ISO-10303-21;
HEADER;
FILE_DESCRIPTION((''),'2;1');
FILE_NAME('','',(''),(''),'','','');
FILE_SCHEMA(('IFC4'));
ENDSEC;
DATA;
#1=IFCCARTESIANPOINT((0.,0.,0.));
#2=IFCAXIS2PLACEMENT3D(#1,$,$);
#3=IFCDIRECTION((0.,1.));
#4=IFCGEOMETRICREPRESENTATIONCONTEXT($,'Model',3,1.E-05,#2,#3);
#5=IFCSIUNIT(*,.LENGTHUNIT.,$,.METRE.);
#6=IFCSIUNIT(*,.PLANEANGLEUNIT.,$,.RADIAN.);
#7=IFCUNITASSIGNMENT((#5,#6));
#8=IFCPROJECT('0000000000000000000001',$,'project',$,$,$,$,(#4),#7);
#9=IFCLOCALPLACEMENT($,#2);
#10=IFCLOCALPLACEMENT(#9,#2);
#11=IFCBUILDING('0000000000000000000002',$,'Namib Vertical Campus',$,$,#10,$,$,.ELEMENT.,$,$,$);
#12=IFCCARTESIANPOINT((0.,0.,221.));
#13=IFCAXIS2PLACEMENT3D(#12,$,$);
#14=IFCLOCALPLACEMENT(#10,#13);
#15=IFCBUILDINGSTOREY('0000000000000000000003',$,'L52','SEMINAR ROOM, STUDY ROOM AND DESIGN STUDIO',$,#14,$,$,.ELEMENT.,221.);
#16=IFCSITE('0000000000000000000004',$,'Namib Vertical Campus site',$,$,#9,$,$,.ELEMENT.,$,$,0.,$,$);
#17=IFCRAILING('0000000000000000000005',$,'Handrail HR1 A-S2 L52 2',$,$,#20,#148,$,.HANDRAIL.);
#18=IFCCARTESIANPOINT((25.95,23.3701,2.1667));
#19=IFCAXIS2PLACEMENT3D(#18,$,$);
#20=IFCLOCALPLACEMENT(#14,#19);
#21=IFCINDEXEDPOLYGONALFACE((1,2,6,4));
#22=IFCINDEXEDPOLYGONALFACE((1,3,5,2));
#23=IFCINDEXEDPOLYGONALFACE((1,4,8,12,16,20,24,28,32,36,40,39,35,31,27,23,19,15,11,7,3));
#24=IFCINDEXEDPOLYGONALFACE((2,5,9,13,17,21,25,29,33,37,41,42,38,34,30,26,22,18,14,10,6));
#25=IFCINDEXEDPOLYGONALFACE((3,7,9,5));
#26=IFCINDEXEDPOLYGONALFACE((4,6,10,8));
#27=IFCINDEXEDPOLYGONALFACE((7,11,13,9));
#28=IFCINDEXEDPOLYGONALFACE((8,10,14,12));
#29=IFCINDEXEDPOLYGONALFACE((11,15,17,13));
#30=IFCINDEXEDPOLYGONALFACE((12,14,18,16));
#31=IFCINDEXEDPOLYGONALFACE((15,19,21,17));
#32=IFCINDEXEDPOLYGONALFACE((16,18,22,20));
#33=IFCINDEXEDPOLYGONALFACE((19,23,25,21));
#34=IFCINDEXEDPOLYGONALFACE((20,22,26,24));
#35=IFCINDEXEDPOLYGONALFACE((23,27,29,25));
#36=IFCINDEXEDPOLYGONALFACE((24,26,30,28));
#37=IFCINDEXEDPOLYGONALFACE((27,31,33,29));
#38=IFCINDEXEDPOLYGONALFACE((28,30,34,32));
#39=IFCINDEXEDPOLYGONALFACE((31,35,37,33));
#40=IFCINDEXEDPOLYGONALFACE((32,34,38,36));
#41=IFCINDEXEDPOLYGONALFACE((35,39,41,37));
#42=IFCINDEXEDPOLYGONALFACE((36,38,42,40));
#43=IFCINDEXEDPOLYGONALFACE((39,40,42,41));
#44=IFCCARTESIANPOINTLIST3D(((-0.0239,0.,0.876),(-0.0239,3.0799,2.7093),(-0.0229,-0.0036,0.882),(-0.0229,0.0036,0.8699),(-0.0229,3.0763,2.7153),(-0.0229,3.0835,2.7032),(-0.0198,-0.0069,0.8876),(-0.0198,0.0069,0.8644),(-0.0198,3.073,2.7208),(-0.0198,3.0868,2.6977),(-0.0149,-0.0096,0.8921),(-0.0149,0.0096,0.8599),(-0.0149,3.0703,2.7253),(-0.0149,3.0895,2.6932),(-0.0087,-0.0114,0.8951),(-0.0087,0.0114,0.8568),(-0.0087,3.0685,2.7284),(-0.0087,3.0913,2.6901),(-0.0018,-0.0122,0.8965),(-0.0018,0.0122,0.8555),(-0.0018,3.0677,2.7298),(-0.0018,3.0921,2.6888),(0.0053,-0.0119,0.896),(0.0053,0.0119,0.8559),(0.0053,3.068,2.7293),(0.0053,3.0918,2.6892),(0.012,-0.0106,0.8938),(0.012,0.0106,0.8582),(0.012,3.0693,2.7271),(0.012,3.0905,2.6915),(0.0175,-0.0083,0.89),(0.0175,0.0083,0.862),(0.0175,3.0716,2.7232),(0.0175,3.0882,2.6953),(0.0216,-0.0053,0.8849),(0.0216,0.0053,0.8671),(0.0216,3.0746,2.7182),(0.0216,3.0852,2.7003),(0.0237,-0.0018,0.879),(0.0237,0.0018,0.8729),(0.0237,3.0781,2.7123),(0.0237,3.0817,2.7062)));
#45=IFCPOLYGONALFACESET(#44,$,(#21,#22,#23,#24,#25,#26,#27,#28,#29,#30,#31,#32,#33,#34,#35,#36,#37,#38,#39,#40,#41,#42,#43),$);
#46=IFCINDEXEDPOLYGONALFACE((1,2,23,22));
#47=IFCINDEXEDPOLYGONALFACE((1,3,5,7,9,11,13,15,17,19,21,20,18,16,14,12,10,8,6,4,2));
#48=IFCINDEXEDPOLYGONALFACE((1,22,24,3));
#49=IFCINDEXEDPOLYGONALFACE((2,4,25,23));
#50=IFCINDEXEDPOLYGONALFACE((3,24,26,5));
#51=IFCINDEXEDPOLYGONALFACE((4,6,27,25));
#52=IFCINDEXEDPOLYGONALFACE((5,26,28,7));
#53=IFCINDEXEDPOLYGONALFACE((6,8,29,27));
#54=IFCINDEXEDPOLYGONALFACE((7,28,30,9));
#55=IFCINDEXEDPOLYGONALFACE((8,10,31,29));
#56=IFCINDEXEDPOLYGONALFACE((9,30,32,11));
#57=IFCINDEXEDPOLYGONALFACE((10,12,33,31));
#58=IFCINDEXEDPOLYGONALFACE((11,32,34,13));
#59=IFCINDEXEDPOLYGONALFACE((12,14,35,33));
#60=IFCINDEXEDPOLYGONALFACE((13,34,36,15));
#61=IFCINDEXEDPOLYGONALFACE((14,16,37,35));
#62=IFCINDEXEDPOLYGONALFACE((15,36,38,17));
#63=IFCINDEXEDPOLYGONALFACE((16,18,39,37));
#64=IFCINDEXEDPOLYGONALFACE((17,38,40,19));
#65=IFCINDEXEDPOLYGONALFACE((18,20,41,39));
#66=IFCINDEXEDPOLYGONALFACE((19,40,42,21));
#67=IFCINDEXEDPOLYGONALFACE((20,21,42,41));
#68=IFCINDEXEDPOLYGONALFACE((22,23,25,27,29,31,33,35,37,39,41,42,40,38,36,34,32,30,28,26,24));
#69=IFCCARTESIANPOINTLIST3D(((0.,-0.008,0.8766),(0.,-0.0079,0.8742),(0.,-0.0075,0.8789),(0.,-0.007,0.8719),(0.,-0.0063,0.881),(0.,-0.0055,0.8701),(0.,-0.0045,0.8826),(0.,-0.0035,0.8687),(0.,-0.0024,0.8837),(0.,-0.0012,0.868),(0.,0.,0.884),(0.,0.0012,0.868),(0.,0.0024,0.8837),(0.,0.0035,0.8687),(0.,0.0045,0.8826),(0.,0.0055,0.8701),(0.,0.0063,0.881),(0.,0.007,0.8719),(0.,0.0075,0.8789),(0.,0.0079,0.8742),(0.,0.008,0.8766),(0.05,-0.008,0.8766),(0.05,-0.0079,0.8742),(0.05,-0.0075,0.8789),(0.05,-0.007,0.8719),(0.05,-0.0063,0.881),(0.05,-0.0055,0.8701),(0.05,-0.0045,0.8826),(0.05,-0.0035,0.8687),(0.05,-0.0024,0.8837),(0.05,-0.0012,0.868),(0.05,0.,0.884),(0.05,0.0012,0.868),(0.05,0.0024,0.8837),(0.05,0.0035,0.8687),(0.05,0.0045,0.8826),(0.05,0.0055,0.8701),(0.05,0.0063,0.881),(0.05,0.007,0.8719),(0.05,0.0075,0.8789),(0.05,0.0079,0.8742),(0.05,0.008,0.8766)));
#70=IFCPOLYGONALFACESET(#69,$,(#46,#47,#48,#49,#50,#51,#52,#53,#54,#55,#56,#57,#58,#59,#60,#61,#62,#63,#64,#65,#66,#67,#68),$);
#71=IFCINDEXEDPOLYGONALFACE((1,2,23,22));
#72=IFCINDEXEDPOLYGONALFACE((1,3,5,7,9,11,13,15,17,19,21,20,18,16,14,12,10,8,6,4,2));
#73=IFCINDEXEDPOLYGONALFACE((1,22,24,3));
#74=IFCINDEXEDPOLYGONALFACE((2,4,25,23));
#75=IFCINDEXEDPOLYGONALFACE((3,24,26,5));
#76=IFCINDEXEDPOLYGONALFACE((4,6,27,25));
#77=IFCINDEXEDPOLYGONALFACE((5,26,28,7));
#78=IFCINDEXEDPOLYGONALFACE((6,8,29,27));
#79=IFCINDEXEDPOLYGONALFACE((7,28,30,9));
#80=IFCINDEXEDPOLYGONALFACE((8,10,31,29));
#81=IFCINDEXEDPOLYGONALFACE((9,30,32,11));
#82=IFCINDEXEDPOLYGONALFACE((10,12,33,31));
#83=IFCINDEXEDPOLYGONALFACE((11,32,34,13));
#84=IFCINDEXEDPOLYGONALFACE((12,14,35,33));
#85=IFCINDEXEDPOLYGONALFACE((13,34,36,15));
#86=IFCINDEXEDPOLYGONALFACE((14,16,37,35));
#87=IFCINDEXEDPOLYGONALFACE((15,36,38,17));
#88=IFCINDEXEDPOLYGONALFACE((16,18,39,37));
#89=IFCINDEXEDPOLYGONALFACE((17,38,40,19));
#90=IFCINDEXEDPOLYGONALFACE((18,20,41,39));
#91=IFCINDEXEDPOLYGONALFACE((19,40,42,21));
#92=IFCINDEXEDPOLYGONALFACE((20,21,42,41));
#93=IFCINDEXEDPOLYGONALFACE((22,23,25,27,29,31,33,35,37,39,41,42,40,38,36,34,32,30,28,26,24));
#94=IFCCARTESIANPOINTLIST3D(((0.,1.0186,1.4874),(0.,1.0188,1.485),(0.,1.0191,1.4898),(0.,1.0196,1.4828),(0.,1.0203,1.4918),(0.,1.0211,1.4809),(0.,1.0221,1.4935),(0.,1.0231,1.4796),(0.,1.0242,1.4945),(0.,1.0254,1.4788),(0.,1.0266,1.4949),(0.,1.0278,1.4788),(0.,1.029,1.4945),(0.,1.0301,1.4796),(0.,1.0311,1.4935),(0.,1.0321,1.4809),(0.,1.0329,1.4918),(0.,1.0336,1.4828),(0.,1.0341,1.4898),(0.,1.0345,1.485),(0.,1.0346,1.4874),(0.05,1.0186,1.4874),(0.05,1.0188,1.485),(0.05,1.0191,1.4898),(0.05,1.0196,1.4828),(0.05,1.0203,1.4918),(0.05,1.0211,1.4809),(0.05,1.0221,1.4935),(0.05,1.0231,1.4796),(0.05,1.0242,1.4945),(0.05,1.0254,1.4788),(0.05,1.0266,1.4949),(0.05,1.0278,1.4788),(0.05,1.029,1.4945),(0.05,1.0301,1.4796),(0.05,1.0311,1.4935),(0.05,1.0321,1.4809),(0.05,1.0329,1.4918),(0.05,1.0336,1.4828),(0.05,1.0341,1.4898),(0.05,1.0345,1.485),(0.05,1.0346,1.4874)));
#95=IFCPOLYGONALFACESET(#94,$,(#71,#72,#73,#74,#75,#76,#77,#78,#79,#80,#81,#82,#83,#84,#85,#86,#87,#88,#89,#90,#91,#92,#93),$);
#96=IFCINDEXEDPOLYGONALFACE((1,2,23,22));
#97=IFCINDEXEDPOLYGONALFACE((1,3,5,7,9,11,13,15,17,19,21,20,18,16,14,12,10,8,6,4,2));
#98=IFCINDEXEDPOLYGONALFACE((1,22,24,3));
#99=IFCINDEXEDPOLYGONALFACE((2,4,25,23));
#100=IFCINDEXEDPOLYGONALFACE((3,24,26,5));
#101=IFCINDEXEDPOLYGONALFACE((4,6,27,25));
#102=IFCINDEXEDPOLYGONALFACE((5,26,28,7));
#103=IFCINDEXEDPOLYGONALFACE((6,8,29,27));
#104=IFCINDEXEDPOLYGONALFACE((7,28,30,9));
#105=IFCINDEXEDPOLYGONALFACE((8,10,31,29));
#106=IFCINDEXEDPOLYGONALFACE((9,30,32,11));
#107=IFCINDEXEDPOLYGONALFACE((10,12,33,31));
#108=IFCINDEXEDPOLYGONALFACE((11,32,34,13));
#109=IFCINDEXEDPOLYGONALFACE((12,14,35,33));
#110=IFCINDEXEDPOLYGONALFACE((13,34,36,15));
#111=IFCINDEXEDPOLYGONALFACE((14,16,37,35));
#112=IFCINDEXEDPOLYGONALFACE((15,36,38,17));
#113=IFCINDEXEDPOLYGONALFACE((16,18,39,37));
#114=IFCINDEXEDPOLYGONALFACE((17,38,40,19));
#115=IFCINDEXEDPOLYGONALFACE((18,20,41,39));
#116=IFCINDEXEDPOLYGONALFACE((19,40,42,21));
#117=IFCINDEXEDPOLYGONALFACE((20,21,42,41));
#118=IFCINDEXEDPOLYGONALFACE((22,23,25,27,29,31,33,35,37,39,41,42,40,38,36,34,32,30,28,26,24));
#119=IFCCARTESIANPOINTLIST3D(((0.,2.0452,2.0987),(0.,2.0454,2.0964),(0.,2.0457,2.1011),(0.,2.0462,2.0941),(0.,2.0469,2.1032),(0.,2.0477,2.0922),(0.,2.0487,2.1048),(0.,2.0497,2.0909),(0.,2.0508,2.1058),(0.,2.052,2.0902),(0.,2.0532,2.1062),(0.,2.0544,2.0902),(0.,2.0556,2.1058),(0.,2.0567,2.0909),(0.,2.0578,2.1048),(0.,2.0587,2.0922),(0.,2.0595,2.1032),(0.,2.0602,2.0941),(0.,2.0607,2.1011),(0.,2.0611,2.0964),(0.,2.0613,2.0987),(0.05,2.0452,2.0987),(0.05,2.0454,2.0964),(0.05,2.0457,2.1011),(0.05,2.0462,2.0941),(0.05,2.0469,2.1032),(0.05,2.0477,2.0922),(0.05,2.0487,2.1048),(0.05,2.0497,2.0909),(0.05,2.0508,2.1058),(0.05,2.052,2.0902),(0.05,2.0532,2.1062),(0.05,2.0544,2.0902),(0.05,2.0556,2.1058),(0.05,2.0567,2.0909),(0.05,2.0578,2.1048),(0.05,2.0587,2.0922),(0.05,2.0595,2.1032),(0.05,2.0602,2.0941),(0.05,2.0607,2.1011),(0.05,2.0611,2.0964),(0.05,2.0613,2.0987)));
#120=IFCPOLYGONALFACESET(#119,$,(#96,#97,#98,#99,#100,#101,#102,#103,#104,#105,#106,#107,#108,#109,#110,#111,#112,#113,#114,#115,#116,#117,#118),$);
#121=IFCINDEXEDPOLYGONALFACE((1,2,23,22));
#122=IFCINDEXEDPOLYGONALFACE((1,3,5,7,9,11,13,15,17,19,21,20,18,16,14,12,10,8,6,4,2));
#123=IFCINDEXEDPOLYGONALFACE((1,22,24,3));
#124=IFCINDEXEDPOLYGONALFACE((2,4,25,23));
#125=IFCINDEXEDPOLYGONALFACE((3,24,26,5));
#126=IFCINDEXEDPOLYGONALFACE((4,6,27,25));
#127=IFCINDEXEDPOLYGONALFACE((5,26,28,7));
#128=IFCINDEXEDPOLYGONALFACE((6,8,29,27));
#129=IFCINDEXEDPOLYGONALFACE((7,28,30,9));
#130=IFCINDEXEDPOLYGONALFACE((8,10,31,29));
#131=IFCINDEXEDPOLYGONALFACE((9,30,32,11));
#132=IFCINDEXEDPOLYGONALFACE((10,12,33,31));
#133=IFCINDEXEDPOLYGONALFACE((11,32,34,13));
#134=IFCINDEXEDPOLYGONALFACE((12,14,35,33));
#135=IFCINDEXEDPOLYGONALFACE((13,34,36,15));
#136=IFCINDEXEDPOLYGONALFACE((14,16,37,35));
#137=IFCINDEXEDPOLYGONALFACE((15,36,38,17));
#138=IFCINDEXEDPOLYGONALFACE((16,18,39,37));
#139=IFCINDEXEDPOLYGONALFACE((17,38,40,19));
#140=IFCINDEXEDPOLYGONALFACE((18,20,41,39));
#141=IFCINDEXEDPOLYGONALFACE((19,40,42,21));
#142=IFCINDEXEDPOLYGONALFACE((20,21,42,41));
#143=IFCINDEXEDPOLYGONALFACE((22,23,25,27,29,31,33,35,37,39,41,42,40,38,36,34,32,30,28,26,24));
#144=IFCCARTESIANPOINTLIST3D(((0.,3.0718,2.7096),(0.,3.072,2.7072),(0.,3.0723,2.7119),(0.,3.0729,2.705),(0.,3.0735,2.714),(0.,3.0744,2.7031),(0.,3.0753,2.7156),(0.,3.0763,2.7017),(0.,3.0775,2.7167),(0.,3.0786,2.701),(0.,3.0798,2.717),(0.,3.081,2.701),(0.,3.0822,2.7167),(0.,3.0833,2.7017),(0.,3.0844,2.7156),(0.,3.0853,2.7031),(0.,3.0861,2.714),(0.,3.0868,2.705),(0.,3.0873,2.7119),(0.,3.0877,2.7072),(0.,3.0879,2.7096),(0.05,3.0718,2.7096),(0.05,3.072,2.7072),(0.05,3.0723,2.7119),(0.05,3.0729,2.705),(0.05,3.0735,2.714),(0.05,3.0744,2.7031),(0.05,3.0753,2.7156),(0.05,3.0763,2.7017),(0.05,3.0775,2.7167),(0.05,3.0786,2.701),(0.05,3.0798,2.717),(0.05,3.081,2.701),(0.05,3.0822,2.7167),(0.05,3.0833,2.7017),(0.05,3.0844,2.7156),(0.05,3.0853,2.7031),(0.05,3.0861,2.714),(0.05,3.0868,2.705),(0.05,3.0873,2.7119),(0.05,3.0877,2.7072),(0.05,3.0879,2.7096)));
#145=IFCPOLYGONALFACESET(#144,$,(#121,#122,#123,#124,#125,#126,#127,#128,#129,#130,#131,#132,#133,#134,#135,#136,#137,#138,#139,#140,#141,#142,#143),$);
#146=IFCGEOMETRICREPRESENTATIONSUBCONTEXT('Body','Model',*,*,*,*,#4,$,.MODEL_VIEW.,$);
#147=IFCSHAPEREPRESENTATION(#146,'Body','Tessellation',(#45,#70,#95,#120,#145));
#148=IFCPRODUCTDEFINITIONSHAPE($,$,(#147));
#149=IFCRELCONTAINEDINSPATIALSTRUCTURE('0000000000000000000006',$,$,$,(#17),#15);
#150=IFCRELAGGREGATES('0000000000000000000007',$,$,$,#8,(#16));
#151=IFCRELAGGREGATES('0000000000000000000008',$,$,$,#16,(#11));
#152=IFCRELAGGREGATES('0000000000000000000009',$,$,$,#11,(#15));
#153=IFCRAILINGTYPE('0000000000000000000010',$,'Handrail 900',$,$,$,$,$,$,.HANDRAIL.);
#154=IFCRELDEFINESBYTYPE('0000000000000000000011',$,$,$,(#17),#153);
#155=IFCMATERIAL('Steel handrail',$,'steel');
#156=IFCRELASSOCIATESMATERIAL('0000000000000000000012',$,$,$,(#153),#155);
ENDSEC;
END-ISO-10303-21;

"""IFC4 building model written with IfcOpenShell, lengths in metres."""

from ifc_helpers import new_model, si_unit, direction, frame, origin, origin_2d, place, context, subcontext, project, spatial, circle, extrude, material, type_object, element, save


model = new_model("IFC4")

# Units and contexts
model_context = context("Model", 3, precision=1e-05, world=origin(), true_north=direction((0.0, 1.0)))
body_context = subcontext(model_context, "Body", "Model", "MODEL_VIEW")
ifc_project = project(units=[si_unit("LENGTHUNIT", "METRE"), si_unit("PLANEANGLEUNIT", "RADIAN")], contexts=[model_context])

# Site, building, storey
site_placement = place(None, origin())
site = spatial("IfcSite", under=ifc_project, at=site_placement, Name="Namib Vertical Campus site", CompositionType="ELEMENT", RefElevation=0.0)
building_placement = place(site_placement, origin())
building = spatial("IfcBuilding", under=site, at=building_placement, Name="Namib Vertical Campus", CompositionType="ELEMENT")
storey_placement = place(building_placement, frame((0.0, 0.0, 221.0)))
storey = spatial("IfcBuildingStorey", under=building, at=storey_placement, Name="L52", Description="SEMINAR ROOM, STUDY ROOM AND DESIGN STUDIO", CompositionType="ELEMENT", Elevation=221.0)

# Railing
ifc_material_1 = material(Name="Steel handrail", Category="steel")
railing_type_1 = type_object("IfcRailingType", Name="Handrail 900", PredefinedType="HANDRAIL", material=ifc_material_1)
railing_1_placement = place(storey_placement, frame((25.95, 23.3701, 2.1667)))
element("IfcRailing", 1, at=railing_1_placement, inside=storey, type_object=railing_type_1, Name="Handrail HR1 A-S2 L52 2", PredefinedType="HANDRAIL", context=body_context, shape_type="SweptSolid", body=[
    extrude(circle(Radius=0.0239, at=origin_2d()), frame((0.0, 0.0, 0.876), z_axis=(0.0, 0.859291, 0.511487), x_axis=(-1.0, 0.0, 0.0)), (0.0, 0.0, 1.0), 3.5842),
    extrude(circle(Radius=0.0081, at=origin_2d()), frame((0.0, 0.0, 0.876), z_axis=(1.0, 0.0, 0.0), x_axis=(0.0, 0.0, 1.0)), (0.0, 0.0, 1.0), 0.05),
    extrude(circle(Radius=0.0081, at=origin_2d()), frame((0.0, 1.0266, 1.4868), z_axis=(1.0, 0.0, 0.0), x_axis=(0.0, 0.0, 1.0)), (0.0, 0.0, 1.0), 0.05),
    extrude(circle(Radius=0.0081, at=origin_2d()), frame((0.0, 2.0532, 2.0981), z_axis=(1.0, 0.0, 0.0), x_axis=(0.0, 0.0, 1.0)), (0.0, 0.0, 1.0), 0.05),
    extrude(circle(Radius=0.0081, at=origin_2d()), frame((0.0, 3.0798, 2.709), z_axis=(1.0, 0.0, 0.0), x_axis=(0.0, 0.0, 1.0)), (0.0, 0.0, 1.0), 0.05),
])

save(model, "model.ifc")
